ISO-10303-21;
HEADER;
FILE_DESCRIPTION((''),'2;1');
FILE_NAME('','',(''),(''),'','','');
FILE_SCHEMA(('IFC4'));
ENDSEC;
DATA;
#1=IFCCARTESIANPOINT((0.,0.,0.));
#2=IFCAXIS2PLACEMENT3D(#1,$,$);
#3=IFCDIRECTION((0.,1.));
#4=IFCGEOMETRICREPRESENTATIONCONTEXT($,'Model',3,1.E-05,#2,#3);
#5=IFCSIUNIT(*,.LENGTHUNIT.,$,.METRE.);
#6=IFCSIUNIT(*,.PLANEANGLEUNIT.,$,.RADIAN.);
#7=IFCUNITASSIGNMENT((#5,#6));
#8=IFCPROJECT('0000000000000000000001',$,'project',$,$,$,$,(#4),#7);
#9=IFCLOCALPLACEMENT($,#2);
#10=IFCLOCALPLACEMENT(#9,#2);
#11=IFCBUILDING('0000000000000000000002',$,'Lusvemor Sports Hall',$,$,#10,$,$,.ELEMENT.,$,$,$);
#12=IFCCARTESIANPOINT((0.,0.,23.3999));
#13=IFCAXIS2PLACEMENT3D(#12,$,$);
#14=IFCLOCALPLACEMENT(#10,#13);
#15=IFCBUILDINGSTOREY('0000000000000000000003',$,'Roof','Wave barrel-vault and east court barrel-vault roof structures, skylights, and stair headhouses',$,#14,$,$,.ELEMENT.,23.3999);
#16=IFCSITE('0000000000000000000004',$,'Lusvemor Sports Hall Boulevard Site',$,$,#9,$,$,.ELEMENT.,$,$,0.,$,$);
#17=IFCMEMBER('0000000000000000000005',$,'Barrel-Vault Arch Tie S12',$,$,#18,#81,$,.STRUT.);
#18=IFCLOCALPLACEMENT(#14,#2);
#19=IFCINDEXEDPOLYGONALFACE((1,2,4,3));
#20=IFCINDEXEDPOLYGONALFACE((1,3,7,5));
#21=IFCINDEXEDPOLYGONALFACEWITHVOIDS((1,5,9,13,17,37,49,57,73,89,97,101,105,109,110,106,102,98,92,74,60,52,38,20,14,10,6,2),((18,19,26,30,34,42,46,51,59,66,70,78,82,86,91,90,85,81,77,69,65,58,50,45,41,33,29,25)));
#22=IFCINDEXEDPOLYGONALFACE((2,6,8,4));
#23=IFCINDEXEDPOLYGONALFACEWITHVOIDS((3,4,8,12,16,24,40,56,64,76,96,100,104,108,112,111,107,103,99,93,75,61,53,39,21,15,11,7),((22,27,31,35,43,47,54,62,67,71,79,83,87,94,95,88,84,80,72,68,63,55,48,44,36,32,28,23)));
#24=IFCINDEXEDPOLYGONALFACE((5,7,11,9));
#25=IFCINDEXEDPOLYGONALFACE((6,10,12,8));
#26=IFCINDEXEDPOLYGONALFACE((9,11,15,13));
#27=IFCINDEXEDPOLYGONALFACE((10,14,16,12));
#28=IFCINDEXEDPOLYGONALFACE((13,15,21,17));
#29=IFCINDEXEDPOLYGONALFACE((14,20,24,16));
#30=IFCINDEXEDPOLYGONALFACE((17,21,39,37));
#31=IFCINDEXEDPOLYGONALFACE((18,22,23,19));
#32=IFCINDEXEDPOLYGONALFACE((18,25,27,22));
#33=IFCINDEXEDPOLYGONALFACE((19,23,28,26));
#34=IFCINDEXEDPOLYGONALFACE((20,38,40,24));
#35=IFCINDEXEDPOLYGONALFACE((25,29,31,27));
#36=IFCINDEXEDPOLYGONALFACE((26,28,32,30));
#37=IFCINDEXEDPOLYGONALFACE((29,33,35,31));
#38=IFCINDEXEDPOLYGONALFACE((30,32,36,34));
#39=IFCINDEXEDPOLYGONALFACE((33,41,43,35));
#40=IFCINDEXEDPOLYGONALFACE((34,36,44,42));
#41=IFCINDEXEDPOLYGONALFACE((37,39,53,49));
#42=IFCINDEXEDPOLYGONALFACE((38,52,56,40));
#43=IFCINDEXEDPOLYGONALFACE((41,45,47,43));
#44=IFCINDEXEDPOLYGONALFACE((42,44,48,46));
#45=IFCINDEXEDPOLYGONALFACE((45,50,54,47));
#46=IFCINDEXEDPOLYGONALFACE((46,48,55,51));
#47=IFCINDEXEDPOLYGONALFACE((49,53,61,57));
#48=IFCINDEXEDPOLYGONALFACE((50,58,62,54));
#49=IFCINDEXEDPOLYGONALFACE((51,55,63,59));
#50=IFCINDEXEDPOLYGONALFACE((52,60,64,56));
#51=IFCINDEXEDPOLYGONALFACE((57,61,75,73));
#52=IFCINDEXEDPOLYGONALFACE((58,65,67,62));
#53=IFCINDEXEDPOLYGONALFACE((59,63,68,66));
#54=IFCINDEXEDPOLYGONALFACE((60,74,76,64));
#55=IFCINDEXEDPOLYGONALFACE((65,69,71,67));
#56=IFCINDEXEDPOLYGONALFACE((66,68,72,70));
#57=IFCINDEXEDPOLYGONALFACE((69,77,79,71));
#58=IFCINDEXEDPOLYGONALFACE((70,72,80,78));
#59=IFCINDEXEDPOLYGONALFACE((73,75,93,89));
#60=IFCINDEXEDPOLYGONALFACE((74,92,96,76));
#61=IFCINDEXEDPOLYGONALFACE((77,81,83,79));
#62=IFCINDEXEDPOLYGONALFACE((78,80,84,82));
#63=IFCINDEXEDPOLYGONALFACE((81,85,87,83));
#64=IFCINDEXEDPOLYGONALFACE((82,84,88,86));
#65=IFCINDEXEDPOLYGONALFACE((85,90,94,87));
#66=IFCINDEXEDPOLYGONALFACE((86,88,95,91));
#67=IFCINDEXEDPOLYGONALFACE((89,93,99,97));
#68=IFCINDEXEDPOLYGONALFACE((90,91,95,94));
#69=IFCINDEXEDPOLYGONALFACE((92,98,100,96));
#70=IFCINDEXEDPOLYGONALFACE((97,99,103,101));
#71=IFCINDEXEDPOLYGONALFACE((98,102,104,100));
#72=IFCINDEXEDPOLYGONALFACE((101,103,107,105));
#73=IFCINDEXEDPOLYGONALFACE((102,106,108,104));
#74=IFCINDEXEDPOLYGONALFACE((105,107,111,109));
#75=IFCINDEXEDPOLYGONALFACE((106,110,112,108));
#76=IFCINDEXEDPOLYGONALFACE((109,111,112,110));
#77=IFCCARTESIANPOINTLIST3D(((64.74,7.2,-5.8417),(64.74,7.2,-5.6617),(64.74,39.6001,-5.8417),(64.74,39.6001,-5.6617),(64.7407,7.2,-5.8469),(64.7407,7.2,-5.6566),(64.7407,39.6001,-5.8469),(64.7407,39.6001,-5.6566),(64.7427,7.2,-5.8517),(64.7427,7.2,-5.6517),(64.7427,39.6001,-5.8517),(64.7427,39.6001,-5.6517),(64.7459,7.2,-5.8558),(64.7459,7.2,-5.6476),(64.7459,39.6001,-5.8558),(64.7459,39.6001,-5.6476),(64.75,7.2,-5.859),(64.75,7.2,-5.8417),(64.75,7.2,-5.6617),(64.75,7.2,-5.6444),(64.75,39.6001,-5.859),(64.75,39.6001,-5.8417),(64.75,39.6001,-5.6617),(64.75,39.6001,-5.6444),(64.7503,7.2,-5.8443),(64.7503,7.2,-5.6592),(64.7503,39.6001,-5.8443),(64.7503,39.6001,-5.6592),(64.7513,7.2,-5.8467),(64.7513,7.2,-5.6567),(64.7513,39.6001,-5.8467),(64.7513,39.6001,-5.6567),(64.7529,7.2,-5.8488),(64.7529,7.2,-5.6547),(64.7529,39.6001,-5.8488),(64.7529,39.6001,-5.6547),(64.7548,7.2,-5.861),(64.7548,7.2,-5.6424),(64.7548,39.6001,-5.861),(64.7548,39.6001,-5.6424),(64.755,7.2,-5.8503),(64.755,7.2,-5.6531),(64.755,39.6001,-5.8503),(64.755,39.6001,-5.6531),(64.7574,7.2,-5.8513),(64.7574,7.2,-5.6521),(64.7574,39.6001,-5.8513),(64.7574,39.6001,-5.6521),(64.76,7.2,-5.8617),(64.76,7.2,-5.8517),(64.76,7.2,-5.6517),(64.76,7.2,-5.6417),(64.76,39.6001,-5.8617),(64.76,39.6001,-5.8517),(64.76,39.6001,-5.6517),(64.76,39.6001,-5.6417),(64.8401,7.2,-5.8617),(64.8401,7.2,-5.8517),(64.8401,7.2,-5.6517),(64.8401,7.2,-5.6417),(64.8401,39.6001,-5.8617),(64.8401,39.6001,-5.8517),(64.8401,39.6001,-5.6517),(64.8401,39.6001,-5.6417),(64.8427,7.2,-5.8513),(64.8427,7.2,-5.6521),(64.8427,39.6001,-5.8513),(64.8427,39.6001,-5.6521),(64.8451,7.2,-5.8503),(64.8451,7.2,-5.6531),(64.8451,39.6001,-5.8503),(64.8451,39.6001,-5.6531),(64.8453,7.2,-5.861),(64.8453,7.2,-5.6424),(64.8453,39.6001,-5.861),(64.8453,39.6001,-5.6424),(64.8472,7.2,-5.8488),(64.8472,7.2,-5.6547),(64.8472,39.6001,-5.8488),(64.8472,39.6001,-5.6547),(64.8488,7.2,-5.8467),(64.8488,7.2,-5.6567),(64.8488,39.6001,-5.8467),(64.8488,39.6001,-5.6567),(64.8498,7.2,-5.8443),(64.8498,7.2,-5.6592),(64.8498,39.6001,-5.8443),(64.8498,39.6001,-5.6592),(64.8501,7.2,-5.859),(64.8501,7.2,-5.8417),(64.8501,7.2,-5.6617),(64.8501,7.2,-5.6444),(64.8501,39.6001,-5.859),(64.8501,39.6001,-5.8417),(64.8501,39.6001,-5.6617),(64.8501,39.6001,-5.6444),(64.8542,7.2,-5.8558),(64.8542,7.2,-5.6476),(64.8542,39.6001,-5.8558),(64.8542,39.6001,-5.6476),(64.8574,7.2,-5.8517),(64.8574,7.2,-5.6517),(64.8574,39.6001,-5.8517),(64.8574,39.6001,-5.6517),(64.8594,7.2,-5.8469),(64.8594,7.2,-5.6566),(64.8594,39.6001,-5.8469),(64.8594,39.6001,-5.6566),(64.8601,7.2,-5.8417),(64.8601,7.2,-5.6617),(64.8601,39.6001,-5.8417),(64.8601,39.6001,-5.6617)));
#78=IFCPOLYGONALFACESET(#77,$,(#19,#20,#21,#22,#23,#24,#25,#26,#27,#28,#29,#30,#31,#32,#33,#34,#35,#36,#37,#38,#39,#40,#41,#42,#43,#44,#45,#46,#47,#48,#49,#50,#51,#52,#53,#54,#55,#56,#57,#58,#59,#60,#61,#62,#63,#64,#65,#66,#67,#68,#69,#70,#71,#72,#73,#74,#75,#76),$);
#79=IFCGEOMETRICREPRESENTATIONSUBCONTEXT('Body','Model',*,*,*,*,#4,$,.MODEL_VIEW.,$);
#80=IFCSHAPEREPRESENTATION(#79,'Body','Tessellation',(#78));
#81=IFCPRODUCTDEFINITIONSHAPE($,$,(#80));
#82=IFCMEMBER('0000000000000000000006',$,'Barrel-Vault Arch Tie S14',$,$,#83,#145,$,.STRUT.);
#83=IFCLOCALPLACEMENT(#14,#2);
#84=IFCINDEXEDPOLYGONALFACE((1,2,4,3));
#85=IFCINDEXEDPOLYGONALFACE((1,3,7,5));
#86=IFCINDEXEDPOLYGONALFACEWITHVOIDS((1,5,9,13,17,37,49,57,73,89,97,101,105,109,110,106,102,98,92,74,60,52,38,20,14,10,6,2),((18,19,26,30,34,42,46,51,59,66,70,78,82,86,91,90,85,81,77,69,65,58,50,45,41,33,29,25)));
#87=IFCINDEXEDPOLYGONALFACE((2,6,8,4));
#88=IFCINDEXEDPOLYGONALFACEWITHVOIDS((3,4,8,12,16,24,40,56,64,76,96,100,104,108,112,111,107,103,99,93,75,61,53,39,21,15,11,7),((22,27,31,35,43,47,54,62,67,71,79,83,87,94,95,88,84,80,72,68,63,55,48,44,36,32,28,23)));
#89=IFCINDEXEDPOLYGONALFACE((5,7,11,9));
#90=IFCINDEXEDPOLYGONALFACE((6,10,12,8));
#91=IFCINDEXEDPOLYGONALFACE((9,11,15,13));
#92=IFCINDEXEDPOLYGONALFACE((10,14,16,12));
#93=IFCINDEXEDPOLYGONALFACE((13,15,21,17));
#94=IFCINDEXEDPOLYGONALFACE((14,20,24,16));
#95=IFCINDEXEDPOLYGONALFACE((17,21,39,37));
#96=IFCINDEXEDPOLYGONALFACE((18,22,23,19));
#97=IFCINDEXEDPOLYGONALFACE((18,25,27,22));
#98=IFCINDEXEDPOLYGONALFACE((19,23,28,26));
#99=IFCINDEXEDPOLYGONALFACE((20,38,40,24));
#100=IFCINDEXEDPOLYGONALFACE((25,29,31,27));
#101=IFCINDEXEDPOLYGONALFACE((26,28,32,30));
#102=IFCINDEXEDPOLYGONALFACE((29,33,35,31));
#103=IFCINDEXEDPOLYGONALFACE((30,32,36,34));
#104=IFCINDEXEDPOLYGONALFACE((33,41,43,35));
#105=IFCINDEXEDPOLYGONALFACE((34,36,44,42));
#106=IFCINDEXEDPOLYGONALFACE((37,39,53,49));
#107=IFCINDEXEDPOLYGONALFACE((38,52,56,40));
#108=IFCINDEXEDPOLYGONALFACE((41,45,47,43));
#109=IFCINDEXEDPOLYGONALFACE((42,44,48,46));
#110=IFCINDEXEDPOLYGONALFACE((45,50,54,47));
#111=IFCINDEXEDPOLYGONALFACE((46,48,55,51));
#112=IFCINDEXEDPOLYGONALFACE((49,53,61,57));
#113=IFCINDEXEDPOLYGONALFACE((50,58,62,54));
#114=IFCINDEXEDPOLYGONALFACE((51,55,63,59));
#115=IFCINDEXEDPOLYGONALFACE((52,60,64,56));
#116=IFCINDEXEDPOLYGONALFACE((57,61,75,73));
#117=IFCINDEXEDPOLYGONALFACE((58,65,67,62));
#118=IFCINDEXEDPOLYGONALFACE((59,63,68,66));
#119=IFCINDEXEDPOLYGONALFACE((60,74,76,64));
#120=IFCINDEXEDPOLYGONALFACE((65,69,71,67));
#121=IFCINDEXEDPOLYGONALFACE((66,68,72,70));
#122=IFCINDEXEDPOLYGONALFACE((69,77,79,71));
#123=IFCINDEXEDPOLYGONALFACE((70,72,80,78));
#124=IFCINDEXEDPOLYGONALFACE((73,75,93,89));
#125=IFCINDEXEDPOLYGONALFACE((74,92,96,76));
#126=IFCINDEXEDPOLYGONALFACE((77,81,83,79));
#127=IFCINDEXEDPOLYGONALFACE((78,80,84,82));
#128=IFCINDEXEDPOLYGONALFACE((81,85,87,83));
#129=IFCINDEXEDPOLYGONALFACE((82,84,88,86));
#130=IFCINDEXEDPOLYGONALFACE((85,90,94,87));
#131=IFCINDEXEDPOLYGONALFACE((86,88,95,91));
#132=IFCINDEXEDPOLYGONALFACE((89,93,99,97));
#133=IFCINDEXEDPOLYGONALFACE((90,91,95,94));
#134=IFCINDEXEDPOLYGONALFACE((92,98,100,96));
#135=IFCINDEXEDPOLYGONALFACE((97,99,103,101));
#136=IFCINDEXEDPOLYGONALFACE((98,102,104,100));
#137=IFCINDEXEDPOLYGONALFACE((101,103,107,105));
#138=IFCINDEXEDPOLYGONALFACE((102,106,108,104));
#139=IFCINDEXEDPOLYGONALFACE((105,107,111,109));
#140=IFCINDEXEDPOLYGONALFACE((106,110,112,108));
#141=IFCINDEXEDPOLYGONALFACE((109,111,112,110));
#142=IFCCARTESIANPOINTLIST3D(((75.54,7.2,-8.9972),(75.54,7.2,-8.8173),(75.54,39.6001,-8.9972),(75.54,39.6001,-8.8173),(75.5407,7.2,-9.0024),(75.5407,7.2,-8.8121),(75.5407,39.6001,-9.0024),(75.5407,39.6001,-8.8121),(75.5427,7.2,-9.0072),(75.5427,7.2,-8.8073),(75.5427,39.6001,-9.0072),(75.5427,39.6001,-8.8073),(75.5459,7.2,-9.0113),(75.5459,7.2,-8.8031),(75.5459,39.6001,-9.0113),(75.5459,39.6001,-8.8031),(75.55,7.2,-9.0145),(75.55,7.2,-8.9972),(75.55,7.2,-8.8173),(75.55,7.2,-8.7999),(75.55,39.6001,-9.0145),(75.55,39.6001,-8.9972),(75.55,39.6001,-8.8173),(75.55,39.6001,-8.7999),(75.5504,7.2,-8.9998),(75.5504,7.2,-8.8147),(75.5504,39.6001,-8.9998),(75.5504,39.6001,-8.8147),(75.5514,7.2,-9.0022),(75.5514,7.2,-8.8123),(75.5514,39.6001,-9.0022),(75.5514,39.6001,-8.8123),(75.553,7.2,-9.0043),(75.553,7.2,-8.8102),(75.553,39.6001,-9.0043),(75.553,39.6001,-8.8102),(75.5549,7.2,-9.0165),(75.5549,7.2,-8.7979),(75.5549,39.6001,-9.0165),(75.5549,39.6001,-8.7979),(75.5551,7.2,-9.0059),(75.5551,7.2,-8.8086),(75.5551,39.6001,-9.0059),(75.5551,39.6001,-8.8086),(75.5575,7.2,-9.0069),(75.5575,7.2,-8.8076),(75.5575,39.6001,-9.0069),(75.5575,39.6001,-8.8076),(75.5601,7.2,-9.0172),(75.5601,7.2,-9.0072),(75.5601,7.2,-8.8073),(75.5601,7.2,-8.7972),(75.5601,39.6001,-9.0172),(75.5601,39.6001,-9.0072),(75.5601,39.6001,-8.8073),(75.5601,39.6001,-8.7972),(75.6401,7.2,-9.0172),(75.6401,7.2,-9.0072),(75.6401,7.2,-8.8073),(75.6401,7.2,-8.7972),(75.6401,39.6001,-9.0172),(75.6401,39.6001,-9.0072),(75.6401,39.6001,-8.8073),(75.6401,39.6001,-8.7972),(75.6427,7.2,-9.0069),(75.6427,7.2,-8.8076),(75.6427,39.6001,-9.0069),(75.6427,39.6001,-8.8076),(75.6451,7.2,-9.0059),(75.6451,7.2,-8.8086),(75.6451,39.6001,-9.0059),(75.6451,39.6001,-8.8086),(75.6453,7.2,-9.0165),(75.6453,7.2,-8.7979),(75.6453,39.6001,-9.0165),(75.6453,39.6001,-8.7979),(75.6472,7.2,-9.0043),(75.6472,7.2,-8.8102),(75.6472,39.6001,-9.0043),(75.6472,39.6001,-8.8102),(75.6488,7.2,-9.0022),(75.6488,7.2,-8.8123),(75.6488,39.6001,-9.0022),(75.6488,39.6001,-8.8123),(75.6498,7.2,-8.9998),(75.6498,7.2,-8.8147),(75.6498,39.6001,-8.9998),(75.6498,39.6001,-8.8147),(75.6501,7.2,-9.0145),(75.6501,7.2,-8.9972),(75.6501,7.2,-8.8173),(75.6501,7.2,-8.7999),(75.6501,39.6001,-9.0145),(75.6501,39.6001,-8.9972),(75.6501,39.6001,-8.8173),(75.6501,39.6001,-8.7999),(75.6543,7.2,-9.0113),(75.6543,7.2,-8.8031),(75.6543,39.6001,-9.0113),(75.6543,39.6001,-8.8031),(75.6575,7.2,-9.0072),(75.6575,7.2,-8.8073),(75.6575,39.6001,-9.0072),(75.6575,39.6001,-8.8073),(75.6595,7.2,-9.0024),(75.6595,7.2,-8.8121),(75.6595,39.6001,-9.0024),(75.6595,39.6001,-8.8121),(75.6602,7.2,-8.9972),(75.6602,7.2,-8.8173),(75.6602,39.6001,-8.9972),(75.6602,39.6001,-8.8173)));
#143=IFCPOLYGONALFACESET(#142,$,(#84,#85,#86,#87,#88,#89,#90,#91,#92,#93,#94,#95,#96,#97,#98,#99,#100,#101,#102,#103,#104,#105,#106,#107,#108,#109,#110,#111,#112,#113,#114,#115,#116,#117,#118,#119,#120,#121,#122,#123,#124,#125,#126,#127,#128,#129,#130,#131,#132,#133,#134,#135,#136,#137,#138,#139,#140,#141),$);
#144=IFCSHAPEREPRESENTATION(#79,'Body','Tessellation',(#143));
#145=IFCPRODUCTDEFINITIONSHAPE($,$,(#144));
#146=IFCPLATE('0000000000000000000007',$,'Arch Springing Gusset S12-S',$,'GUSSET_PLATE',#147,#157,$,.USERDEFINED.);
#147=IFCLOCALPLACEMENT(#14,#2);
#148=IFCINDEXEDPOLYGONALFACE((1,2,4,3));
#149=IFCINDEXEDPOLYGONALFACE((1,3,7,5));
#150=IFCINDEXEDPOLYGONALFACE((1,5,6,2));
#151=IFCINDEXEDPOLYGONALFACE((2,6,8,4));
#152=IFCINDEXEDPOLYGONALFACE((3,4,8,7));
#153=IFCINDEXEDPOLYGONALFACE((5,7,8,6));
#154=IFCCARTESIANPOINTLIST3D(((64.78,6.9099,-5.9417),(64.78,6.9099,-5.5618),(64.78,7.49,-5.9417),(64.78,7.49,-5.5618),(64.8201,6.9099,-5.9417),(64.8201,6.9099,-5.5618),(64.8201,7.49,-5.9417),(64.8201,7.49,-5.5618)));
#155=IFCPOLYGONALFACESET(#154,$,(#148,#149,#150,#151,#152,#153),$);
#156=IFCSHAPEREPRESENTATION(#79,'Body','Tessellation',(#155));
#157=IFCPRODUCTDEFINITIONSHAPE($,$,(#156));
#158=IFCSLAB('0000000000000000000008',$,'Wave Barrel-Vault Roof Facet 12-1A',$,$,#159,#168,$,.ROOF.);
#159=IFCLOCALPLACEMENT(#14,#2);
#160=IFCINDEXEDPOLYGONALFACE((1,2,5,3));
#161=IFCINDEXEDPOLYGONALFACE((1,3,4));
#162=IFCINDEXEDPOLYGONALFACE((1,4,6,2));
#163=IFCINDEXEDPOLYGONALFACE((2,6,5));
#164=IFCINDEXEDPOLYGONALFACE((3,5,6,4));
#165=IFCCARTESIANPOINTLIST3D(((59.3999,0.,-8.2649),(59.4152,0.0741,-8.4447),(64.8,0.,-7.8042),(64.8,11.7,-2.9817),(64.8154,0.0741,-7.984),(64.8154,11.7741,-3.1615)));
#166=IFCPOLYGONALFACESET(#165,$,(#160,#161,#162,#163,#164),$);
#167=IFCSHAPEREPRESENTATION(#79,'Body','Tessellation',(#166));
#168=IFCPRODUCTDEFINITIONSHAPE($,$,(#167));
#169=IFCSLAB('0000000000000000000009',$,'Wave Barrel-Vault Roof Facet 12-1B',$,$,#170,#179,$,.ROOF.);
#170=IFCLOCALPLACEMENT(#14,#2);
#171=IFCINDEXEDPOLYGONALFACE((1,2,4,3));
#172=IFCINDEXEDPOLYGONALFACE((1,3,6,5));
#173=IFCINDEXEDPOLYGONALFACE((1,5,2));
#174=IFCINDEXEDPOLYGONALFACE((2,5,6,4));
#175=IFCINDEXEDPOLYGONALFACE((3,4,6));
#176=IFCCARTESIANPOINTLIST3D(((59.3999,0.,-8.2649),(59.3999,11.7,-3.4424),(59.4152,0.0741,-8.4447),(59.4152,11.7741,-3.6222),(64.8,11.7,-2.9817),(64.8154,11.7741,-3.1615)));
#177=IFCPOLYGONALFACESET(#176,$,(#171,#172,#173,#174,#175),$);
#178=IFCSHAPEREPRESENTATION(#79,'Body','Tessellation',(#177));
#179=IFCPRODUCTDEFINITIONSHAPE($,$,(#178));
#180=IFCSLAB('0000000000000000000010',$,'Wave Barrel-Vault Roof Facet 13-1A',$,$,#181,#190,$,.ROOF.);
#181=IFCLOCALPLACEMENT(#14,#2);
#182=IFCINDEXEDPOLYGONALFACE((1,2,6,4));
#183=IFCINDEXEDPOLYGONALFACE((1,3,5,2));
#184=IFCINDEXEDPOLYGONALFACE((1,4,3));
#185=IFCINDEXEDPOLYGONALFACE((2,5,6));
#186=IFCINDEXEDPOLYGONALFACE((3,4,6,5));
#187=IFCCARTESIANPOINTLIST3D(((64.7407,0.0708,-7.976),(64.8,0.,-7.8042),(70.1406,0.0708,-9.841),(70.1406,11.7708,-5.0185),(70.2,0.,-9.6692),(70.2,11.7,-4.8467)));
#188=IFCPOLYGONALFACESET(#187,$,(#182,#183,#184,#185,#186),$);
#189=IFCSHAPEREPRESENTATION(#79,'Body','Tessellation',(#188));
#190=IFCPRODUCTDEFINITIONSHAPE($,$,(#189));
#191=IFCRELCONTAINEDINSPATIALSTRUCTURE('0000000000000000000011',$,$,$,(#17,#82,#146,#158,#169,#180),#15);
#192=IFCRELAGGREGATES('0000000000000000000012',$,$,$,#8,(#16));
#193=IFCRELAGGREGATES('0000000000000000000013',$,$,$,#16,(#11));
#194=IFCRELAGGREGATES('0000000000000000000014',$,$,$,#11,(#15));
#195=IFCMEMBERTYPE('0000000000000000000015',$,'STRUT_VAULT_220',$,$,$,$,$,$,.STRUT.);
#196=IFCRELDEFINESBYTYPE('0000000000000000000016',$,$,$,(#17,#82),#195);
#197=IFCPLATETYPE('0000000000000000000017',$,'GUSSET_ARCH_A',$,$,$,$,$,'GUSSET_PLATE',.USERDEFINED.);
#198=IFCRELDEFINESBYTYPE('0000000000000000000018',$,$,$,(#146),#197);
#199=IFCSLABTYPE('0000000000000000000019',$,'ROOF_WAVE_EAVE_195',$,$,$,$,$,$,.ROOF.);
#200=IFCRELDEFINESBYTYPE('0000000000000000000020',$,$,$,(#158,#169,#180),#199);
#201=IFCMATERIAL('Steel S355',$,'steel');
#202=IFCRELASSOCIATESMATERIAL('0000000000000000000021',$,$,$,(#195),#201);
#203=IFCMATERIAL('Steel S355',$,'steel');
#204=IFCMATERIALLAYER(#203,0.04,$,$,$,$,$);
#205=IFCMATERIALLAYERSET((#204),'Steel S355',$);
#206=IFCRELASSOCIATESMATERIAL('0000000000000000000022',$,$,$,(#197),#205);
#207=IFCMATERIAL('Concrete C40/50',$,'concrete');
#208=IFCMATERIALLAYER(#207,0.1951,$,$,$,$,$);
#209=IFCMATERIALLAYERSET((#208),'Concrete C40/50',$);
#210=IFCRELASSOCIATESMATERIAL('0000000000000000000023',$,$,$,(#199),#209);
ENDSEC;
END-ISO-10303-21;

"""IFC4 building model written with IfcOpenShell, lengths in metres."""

from ifc_helpers import new_model, si_unit, direction, frame, origin, origin_2d, place, context, subcontext, project, spatial, polyline, rectangle, hollow_rectangle, outline, extrude, material, layer, layer_set, material_profile, profile_set, type_object, element, save


model = new_model("IFC4")

# Units and contexts
model_context = context("Model", 3, precision=1e-05, world=origin(), true_north=direction((0.0, 1.0)))
body_context = subcontext(model_context, "Body", "Model", "MODEL_VIEW")
ifc_project = project(units=[si_unit("LENGTHUNIT", "METRE"), si_unit("PLANEANGLEUNIT", "RADIAN")], contexts=[model_context])

# Site, building, storey
site_placement = place(None, origin())
site = spatial("IfcSite", under=ifc_project, at=site_placement, Name="Lusvemor Sports Hall Boulevard Site", CompositionType="ELEMENT", RefElevation=0.0)
building_placement = place(site_placement, origin())
building = spatial("IfcBuilding", under=site, at=building_placement, Name="Lusvemor Sports Hall", CompositionType="ELEMENT")
storey_placement = place(building_placement, frame((0.0, 0.0, 23.3999)))
storey = spatial("IfcBuildingStorey", under=building, at=storey_placement, Name="Roof", Description="Wave barrel-vault and east court barrel-vault roof structures, skylights, and stair headhouses", CompositionType="ELEMENT", Elevation=23.3999)

# Members
ifc_material_1 = material(Name="Steel S355", Category="steel")
ifc_material_profile_1 = material_profile(ifc_material_1, hollow_rectangle(XDim=0.1201, YDim=0.22, WallThickness=0.01, InnerFilletRadius=0.01, OuterFilletRadius=0.02, at=origin_2d()), Name="RHS220x120x10")
ifc_profile_set_1 = profile_set([ifc_material_profile_1], Name="Steel S355")
member_type_1 = type_object("IfcMemberType", Name="STRUT_VAULT_220", PredefinedType="STRUT", material=ifc_profile_set_1)
for number, where, z_axis, x_axis, name in (
    (1, (64.8, 7.2, -5.7517), (0.0, 1.0, 0.0), (-1.0, 0.0, 0.0), "Barrel-Vault Arch Tie S12"),
    (2, (75.6001, 7.2, -8.9072), (0.0, 1.0, 0.0), (-1.0, 0.0, 0.0), "Barrel-Vault Arch Tie S14"),
):
    element("IfcMember", number, at=place(storey_placement, frame(where, z_axis=z_axis, x_axis=x_axis)), inside=storey, type_object=member_type_1, Name=name, PredefinedType="STRUT", context=body_context, shape_type="SweptSolid", body=[
        extrude(hollow_rectangle(XDim=0.1201, YDim=0.22, WallThickness=0.01, InnerFilletRadius=0.01, OuterFilletRadius=0.02, at=origin_2d()), origin(), (0.0, 0.0, 1.0), 32.4001),
    ])

# Plate
ifc_material_2 = material(Name="Steel S355", Category="steel")
ifc_layer_1 = layer(ifc_material_2, 0.04)
ifc_layer_set_1 = layer_set([ifc_layer_1], Name="Steel S355")
plate_type = type_object("IfcPlateType", Name="GUSSET_ARCH_A", ElementType="GUSSET_PLATE", PredefinedType="USERDEFINED", material=ifc_layer_set_1)
plate_placement = place(storey_placement, frame((64.8, 7.2, -5.9417), z_axis=(0.0, 0.0, 1.0), x_axis=(1.0, 0.0, 0.0)))
element("IfcPlate", 3, at=plate_placement, inside=storey, type_object=plate_type, Name="Arch Springing Gusset S12-S", ObjectType="GUSSET_PLATE", PredefinedType="USERDEFINED", context=body_context, shape_type="SweptSolid", body=[
    extrude(rectangle(XDim=0.04, YDim=0.5801, at=origin_2d()), origin(), (0.0, 0.0, 1.0), 0.3799),
])

# Slabs
ifc_material_3 = material(Name="Concrete C40/50", Category="concrete")
ifc_layer_2 = layer(ifc_material_3, 0.1951)
ifc_layer_set_2 = layer_set([ifc_layer_2], Name="Concrete C40/50")
slab_type = type_object("IfcSlabType", Name="ROOF_WAVE_EAVE_195", PredefinedType="ROOF", material=ifc_layer_set_2)
slab_1_placement = place(storey_placement, frame((59.3999, 0.0, -8.2649), z_axis=(-0.07863, -0.3799, 0.92168), x_axis=(0.996381, 0.0, 0.085003)))
element("IfcSlab", 4, at=slab_1_placement, inside=storey, type_object=slab_type, Name="Wave Barrel-Vault Roof Facet 12-1A", PredefinedType="ROOF", context=body_context, shape_type="SweptSolid", body=[
    extrude(outline(polyline([(0.0, 0.0), (5.4198, 0.0), (5.8297, 12.6482), (0.0, 0.0)])), origin(), (0.0, 0.0, -1.0), 0.1951),
])
slab_2_placement = place(storey_placement, frame((59.3999, 0.0, -8.2649), z_axis=(-0.07863, -0.3799, 0.92168), x_axis=(0.387745, 0.840088, 0.379348)))
element("IfcSlab", 5, at=slab_2_placement, inside=storey, type_object=slab_type, Name="Wave Barrel-Vault Roof Facet 12-1B", PredefinedType="ROOF", context=body_context, shape_type="SweptSolid", body=[
    extrude(outline(polyline([(0.0, 0.0), (13.927, 0.0), (11.6584, 4.9221), (0.0, 0.0)])), origin(), (0.0, 0.0, -1.0), 0.1951),
])
slab_3_placement = place(storey_placement, frame((64.8, 0.0, -7.8042), z_axis=(0.304183, -0.363022, 0.880732), x_axis=(0.945213, 0.0, -0.326453)))
element("IfcSlab", 6, at=slab_3_placement, inside=storey, type_object=slab_type, Name="Wave Barrel-Vault Roof Facet 13-1A", PredefinedType="ROOF", context=body_context, shape_type="SweptSolid", body=[
    extrude(outline(polyline([(0.0, 0.0), (5.7129, 0.0), (4.1386, 12.5566), (0.0, 0.0)])), origin(), (0.0, 0.0, -1.0), 0.1951),
])

save(model, "model.ifc")
